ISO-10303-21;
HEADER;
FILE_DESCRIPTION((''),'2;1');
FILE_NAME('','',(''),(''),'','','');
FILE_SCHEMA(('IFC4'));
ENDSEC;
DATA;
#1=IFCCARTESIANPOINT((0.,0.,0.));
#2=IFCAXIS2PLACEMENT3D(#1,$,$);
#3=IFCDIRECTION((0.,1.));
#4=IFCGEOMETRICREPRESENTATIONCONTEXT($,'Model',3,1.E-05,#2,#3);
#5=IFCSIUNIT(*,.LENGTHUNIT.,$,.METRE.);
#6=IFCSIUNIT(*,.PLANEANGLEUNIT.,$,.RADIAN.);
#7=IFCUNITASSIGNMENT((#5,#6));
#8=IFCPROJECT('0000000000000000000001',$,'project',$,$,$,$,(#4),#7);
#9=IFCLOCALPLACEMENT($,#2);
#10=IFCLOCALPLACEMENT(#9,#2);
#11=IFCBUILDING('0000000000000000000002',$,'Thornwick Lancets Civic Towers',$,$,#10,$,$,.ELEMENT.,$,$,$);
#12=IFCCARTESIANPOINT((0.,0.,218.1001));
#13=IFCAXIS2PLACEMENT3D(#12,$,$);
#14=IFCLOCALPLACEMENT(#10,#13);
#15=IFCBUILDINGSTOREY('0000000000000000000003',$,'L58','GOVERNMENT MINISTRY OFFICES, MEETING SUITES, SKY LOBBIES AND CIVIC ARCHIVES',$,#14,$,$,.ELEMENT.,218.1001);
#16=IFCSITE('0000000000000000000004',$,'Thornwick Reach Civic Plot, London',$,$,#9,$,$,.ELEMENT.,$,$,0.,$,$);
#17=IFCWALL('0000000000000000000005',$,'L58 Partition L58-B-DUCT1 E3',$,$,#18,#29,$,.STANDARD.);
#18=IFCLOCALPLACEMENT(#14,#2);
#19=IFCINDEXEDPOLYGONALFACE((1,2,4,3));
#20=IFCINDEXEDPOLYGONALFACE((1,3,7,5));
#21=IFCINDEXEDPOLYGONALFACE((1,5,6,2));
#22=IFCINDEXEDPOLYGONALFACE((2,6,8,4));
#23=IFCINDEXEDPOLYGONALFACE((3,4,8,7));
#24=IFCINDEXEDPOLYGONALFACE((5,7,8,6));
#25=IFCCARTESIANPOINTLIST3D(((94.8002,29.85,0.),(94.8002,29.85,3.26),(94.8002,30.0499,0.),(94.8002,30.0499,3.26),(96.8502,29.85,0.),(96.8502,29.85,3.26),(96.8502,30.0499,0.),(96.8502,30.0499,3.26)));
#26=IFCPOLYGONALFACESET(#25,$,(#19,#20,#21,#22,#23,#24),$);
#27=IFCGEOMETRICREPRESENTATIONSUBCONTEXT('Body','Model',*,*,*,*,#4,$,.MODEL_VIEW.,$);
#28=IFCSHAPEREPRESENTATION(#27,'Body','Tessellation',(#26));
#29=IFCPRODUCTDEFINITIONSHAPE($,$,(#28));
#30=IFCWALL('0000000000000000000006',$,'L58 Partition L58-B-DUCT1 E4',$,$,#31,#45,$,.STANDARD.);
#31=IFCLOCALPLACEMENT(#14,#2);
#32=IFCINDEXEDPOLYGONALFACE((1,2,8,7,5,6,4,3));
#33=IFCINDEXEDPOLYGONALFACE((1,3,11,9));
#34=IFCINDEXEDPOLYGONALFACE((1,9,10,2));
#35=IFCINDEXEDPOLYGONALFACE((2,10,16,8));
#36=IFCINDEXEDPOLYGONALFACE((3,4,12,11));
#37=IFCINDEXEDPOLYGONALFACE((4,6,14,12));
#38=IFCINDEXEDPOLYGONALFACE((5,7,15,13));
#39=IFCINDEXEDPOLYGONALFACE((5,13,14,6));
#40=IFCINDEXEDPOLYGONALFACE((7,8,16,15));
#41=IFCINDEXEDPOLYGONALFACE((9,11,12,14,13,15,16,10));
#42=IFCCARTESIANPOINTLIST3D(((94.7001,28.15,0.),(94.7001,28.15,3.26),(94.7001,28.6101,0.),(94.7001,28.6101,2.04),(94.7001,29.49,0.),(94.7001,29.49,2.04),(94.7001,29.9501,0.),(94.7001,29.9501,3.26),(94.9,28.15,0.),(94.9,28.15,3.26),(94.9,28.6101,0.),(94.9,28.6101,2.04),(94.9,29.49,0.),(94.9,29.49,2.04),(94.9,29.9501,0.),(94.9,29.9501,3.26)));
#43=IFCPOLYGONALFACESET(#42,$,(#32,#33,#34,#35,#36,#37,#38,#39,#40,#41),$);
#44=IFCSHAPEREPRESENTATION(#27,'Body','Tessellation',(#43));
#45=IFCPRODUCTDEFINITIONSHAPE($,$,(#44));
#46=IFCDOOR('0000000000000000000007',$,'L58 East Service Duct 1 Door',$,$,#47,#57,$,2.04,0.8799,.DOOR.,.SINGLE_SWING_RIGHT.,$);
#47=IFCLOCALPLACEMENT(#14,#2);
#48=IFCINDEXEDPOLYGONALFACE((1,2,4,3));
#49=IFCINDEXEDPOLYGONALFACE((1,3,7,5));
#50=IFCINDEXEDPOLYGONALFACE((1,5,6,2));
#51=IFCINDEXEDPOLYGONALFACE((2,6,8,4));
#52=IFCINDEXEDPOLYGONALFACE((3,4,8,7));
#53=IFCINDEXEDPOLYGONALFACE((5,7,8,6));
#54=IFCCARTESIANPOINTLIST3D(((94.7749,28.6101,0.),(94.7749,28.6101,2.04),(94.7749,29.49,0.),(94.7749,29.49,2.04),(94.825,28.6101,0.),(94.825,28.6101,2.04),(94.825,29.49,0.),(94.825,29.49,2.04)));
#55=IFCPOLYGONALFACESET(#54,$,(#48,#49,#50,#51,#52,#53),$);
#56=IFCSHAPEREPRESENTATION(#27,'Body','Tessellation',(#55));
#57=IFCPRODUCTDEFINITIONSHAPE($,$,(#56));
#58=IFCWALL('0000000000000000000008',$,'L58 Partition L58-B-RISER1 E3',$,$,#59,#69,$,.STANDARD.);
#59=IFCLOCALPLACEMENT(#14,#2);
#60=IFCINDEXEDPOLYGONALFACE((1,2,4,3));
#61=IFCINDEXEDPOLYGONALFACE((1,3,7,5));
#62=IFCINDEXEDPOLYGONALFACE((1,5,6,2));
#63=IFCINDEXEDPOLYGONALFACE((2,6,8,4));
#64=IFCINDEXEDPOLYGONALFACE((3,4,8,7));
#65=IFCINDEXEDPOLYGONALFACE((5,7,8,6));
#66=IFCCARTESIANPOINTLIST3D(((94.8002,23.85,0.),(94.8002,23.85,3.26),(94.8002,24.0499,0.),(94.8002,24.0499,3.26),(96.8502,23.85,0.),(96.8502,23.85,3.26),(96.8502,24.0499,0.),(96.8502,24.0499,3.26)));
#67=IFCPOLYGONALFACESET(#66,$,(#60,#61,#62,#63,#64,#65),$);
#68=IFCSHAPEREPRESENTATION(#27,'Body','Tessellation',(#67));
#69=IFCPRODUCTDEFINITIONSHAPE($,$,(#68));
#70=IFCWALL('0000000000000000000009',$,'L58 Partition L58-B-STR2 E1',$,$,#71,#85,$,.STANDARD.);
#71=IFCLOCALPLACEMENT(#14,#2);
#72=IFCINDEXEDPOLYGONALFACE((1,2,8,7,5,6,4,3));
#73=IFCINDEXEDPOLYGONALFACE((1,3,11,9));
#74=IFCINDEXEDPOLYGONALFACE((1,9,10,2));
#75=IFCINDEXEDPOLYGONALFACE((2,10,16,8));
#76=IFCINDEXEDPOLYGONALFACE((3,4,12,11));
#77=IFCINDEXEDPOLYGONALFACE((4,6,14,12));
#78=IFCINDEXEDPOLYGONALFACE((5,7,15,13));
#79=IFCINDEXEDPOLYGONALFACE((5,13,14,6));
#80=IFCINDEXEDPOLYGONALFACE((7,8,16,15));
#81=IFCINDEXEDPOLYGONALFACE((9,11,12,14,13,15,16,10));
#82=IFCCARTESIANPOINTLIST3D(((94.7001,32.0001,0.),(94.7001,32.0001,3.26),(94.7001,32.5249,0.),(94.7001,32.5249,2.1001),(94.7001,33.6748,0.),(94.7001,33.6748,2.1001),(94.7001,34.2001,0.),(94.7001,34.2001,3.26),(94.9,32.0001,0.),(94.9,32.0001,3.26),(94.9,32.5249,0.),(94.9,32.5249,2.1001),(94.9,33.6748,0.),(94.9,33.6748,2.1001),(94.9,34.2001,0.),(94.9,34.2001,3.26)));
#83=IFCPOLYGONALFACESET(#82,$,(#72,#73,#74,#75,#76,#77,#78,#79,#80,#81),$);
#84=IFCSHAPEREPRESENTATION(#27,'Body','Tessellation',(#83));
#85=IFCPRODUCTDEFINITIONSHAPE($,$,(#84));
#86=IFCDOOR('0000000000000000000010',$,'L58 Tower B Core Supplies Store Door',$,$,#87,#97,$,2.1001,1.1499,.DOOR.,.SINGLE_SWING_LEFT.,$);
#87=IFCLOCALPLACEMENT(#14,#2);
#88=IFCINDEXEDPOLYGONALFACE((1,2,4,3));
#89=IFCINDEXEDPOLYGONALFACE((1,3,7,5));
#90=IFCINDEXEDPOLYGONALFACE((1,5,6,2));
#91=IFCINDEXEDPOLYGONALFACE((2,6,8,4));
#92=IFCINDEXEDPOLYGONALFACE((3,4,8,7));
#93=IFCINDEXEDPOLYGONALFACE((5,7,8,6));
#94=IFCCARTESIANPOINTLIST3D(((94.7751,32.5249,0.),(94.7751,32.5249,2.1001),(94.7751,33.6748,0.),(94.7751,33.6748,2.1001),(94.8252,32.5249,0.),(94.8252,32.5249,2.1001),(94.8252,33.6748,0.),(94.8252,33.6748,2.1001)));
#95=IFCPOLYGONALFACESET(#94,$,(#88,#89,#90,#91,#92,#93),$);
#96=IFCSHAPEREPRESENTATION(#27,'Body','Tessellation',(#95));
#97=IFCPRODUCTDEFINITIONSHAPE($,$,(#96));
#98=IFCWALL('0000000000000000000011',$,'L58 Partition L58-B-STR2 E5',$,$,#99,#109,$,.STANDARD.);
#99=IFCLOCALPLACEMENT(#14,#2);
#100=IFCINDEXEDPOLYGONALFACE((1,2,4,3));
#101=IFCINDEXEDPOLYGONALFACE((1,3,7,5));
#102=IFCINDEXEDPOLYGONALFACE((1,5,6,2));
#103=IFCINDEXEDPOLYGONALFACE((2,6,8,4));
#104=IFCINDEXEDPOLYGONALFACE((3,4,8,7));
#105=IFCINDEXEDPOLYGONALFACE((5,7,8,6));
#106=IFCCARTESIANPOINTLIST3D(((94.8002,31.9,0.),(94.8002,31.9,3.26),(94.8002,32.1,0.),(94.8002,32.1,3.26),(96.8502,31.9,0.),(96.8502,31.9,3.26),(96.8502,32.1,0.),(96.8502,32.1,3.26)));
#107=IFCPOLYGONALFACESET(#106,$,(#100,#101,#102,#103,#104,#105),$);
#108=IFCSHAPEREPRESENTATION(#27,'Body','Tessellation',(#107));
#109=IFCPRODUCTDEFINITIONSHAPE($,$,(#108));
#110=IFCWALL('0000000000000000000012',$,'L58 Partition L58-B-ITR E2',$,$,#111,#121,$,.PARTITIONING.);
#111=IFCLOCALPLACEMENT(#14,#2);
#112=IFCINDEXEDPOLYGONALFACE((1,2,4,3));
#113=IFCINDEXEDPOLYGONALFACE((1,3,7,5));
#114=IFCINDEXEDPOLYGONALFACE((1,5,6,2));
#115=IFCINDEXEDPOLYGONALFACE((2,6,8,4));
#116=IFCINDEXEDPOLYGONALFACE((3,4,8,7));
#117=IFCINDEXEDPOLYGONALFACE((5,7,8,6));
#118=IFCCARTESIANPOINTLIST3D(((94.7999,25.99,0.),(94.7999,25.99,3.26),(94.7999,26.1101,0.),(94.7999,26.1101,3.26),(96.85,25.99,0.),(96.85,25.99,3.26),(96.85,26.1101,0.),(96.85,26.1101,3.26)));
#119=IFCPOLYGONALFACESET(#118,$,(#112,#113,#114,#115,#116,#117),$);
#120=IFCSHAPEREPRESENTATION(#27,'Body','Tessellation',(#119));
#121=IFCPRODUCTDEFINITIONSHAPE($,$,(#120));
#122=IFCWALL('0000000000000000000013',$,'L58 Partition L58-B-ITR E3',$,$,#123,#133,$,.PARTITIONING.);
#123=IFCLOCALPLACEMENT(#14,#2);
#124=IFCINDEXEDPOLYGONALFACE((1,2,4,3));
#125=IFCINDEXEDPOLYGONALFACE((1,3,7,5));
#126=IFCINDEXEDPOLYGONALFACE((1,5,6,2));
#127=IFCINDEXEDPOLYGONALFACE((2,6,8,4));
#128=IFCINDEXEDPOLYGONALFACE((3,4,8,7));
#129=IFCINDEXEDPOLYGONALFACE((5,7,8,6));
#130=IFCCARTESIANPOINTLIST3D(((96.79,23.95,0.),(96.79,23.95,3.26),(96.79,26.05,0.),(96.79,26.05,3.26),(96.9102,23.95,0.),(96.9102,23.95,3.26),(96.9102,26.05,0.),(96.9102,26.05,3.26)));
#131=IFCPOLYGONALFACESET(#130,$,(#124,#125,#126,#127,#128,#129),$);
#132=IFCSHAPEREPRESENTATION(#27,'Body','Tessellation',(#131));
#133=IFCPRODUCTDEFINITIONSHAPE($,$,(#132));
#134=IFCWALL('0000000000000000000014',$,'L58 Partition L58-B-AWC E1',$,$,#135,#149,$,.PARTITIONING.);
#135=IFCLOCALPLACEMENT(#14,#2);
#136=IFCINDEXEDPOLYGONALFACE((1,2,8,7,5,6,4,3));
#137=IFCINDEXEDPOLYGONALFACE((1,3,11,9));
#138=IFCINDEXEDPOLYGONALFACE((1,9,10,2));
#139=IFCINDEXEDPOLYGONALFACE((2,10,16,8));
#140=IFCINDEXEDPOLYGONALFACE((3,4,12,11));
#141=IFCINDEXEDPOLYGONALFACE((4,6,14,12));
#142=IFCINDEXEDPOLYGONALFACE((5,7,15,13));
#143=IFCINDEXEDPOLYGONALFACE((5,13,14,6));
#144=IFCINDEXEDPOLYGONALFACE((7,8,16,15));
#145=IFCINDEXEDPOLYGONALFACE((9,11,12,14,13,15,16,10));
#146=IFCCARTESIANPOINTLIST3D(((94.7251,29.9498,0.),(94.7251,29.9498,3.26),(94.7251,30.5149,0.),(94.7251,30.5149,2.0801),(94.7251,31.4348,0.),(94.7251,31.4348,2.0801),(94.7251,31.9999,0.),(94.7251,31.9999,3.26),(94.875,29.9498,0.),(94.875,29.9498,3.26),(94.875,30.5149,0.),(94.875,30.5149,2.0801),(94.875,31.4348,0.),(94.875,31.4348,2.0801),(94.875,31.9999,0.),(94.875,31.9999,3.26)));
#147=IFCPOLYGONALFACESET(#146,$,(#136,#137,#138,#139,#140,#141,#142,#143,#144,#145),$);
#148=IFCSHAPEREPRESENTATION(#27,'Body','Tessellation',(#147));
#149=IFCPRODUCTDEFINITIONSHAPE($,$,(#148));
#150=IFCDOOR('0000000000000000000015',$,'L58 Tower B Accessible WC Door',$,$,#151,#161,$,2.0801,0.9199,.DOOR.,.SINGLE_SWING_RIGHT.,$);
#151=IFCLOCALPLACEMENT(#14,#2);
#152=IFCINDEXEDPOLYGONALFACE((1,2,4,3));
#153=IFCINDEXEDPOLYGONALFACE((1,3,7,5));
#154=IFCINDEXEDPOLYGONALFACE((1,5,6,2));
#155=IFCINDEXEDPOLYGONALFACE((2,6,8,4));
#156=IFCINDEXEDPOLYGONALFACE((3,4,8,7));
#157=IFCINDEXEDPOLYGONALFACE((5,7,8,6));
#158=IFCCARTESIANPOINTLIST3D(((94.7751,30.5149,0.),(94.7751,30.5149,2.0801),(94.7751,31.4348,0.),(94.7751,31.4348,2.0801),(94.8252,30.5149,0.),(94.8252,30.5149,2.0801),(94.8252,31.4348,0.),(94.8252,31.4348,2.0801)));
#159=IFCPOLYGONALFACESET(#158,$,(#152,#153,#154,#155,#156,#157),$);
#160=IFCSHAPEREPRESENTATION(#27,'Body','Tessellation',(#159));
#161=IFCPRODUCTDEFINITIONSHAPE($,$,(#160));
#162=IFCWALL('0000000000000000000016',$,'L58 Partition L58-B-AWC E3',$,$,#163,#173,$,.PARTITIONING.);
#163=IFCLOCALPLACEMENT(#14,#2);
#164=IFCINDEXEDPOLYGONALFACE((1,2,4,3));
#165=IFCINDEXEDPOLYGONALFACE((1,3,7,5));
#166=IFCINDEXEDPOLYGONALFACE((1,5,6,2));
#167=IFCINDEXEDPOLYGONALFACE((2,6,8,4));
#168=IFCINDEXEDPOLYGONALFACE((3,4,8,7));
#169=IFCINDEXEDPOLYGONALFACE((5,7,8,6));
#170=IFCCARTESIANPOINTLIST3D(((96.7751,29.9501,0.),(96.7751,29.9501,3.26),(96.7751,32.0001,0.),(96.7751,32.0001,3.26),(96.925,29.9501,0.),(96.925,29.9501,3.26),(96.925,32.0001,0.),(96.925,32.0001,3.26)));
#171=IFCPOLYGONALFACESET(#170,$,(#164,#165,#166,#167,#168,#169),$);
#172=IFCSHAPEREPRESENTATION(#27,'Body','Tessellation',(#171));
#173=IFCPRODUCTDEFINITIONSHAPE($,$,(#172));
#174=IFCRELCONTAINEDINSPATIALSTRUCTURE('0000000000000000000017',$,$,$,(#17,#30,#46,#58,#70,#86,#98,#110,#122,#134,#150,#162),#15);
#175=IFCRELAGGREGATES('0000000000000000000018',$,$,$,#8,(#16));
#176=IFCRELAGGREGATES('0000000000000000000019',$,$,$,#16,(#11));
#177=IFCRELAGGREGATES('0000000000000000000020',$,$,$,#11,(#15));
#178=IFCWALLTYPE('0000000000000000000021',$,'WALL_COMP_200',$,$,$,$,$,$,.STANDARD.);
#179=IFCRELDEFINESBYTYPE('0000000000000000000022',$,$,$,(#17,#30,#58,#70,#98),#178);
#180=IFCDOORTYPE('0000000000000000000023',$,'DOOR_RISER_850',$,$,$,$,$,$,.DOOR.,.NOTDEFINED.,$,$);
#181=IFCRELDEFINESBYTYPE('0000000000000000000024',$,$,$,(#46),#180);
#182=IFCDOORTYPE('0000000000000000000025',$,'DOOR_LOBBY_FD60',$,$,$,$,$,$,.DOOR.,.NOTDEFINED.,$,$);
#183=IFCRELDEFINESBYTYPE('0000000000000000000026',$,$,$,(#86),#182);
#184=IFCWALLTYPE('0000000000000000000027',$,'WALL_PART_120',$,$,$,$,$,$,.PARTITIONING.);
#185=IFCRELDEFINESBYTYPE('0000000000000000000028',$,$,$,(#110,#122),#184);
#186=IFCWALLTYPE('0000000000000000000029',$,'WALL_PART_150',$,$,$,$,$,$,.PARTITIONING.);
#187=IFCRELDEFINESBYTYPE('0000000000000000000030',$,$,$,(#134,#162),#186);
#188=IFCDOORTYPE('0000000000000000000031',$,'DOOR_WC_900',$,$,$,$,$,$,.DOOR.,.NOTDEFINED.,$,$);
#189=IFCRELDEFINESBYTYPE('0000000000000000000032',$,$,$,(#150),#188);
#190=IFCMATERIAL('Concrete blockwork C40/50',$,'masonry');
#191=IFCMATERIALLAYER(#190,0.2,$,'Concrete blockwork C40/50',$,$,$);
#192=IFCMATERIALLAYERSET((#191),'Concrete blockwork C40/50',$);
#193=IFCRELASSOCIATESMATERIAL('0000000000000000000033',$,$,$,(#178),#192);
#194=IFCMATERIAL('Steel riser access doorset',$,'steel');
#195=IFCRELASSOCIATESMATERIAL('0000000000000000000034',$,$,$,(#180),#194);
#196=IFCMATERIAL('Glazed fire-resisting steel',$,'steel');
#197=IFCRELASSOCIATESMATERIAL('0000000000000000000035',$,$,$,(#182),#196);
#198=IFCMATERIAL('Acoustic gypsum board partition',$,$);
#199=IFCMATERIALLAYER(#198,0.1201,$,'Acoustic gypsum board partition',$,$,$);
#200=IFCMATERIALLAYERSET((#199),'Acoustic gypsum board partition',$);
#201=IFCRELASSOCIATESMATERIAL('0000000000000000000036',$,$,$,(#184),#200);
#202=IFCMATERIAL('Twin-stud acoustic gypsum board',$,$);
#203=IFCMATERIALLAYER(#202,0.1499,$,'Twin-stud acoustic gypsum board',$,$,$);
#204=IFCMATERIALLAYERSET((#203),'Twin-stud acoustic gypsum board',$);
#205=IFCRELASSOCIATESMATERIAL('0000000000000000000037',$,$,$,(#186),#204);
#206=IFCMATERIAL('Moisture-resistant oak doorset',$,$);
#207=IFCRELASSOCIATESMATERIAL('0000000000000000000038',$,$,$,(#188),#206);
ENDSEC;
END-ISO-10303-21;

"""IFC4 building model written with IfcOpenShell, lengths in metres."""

from ifc_helpers import new_model, si_unit, direction, frame, frame_2d, origin, place, context, subcontext, project, spatial, rectangle, extrude, material, layer, layer_set, type_object, element, fill, save


model = new_model("IFC4")

# Units and contexts
model_context = context("Model", 3, precision=1e-05, world=origin(), true_north=direction((0.0, 1.0)))
body_context = subcontext(model_context, "Body", "Model", "MODEL_VIEW")
ifc_project = project(units=[si_unit("LENGTHUNIT", "METRE"), si_unit("PLANEANGLEUNIT", "RADIAN")], contexts=[model_context])

# Site, building, storey
site_placement = place(None, origin())
site = spatial("IfcSite", under=ifc_project, at=site_placement, Name="Thornwick Reach Civic Plot, London", CompositionType="ELEMENT", RefElevation=0.0)
building_placement = place(site_placement, origin())
building = spatial("IfcBuilding", under=site, at=building_placement, Name="Thornwick Lancets Civic Towers", CompositionType="ELEMENT")
storey_placement = place(building_placement, frame((0.0, 0.0, 218.1001)))
storey = spatial("IfcBuildingStorey", under=building, at=storey_placement, Name="L58", Description="GOVERNMENT MINISTRY OFFICES, MEETING SUITES, SKY LOBBIES AND CIVIC ARCHIVES", CompositionType="ELEMENT", Elevation=218.1001)

# Shared definitions
ifc_material_1 = material(Name="Concrete blockwork C40/50", Category="masonry")
ifc_layer_1 = layer(ifc_material_1, 0.2, Name="Concrete blockwork C40/50")
ifc_layer_set_1 = layer_set([ifc_layer_1], Name="Concrete blockwork C40/50")
wall_type_1 = type_object("IfcWallType", Name="WALL_COMP_200", PredefinedType="STANDARD", material=ifc_layer_set_1)

# Wall
wall_1_placement = place(storey_placement, frame((96.8501, 29.95, 0.0), z_axis=(0.0, 0.0, 1.0), x_axis=(-1.0, 0.0, 0.0)))
element("IfcWall", 1, at=wall_1_placement, inside=storey, type_object=wall_type_1, Name="L58 Partition L58-B-DUCT1 E3", PredefinedType="STANDARD", context=body_context, shape_type="SweptSolid", body=[
    extrude(rectangle(XDim=2.05, YDim=0.2, at=frame_2d((1.0249, 0.0))), origin(), (0.0, 0.0, 1.0), 3.26),
])

# Wall, opening, door
wall_2_placement = place(storey_placement, frame((94.8, 29.95, 0.0), z_axis=(0.0, 0.0, 1.0), x_axis=(0.0, -1.0, 0.0)))
wall_2 = element("IfcWall", 2, at=wall_2_placement, inside=storey, type_object=wall_type_1, Name="L58 Partition L58-B-DUCT1 E4", PredefinedType="STANDARD", context=body_context, shape_type="SweptSolid", body=[
    extrude(rectangle(XDim=1.8, YDim=0.2, at=frame_2d((0.8999, 0.0))), origin(), (0.0, 0.0, 1.0), 3.26),
])
opening_1_placement = place(wall_2_placement, frame((0.46, 0.0, 0.0)))
opening_1 = element("IfcOpeningElement", 3, at=opening_1_placement, cuts=wall_2, PredefinedType="OPENING", context=body_context, shape_type="SweptSolid", body=[
    extrude(rectangle(XDim=0.8799, YDim=2.04, at=frame_2d((0.4399, 1.02))), frame((0.0, 0.1099, 0.0), z_axis=(0.0, -1.0, 0.0), x_axis=(1.0, 0.0, 0.0)), (0.0, 0.0, 1.0), 0.22),
])
ifc_material_2 = material(Name="Steel riser access doorset", Category="steel")
door_type_1 = type_object("IfcDoorType", Name="DOOR_RISER_850", OperationType="NOTDEFINED", PredefinedType="DOOR", material=ifc_material_2)
door_1_placement = place(opening_1_placement, origin())
door_1 = element("IfcDoor", 4, at=door_1_placement, inside=storey, type_object=door_type_1, Name="L58 East Service Duct 1 Door", OperationType="SINGLE_SWING_RIGHT", OverallHeight=2.04, OverallWidth=0.8799, PredefinedType="DOOR", context=body_context, shape_type="SweptSolid", body=[
    extrude(rectangle(XDim=0.8799, YDim=2.04, at=frame_2d((0.4399, 1.02))), frame((0.0, 0.0249, 0.0), z_axis=(0.0, -1.0, 0.0), x_axis=(1.0, 0.0, 0.0)), (0.0, 0.0, 1.0), 0.05),
])
fill(opening_1, door_1)

# Wall
wall_3_placement = place(storey_placement, frame((96.8501, 23.95, 0.0), z_axis=(0.0, 0.0, 1.0), x_axis=(-1.0, 0.0, 0.0)))
element("IfcWall", 5, at=wall_3_placement, inside=storey, type_object=wall_type_1, Name="L58 Partition L58-B-RISER1 E3", PredefinedType="STANDARD", context=body_context, shape_type="SweptSolid", body=[
    extrude(rectangle(XDim=2.05, YDim=0.2, at=frame_2d((1.0249, 0.0))), origin(), (0.0, 0.0, 1.0), 3.26),
])

# Wall, opening, door
wall_4_placement = place(storey_placement, frame((94.8, 32.0, 0.0), z_axis=(0.0, 0.0, 1.0), x_axis=(0.0, 1.0, 0.0)))
wall_4 = element("IfcWall", 6, at=wall_4_placement, inside=storey, type_object=wall_type_1, Name="L58 Partition L58-B-STR2 E1", PredefinedType="STANDARD", context=body_context, shape_type="SweptSolid", body=[
    extrude(rectangle(XDim=2.2, YDim=0.2, at=frame_2d((1.1001, 0.0))), origin(), (0.0, 0.0, 1.0), 3.26),
])
opening_2_placement = place(wall_4_placement, frame((0.5249, 0.0, 0.0)))
opening_2 = element("IfcOpeningElement", 7, at=opening_2_placement, cuts=wall_4, PredefinedType="OPENING", context=body_context, shape_type="SweptSolid", body=[
    extrude(rectangle(XDim=1.1499, YDim=2.1001, at=frame_2d((0.575, 1.05))), frame((0.0, 0.1099, 0.0), z_axis=(0.0, -1.0, 0.0), x_axis=(1.0, 0.0, 0.0)), (0.0, 0.0, 1.0), 0.22),
])
ifc_material_3 = material(Name="Glazed fire-resisting steel", Category="steel")
door_type_2 = type_object("IfcDoorType", Name="DOOR_LOBBY_FD60", OperationType="NOTDEFINED", PredefinedType="DOOR", material=ifc_material_3)
door_2_placement = place(opening_2_placement, origin())
door_2 = element("IfcDoor", 8, at=door_2_placement, inside=storey, type_object=door_type_2, Name="L58 Tower B Core Supplies Store Door", OperationType="SINGLE_SWING_LEFT", OverallHeight=2.1001, OverallWidth=1.1499, PredefinedType="DOOR", context=body_context, shape_type="SweptSolid", body=[
    extrude(rectangle(XDim=1.1499, YDim=2.1001, at=frame_2d((0.575, 1.05))), frame((0.0, 0.0249, 0.0), z_axis=(0.0, -1.0, 0.0), x_axis=(1.0, 0.0, 0.0)), (0.0, 0.0, 1.0), 0.05),
])
fill(opening_2, door_2)

# Walls
wall_5_placement = place(storey_placement, frame((96.8501, 32.0, 0.0), z_axis=(0.0, 0.0, 1.0), x_axis=(-1.0, 0.0, 0.0)))
element("IfcWall", 9, at=wall_5_placement, inside=storey, type_object=wall_type_1, Name="L58 Partition L58-B-STR2 E5", PredefinedType="STANDARD", context=body_context, shape_type="SweptSolid", body=[
    extrude(rectangle(XDim=2.05, YDim=0.2, at=frame_2d((1.0249, 0.0))), origin(), (0.0, 0.0, 1.0), 3.26),
])
ifc_material_4 = material(Name="Acoustic gypsum board partition")
ifc_layer_2 = layer(ifc_material_4, 0.1201, Name="Acoustic gypsum board partition")
ifc_layer_set_2 = layer_set([ifc_layer_2], Name="Acoustic gypsum board partition")
wall_type_2 = type_object("IfcWallType", Name="WALL_PART_120", PredefinedType="PARTITIONING", material=ifc_layer_set_2)
wall_6_placement = place(storey_placement, frame((94.8, 26.05, 0.0), z_axis=(0.0, 0.0, 1.0), x_axis=(1.0, 0.0, 0.0)))
element("IfcWall", 10, at=wall_6_placement, inside=storey, type_object=wall_type_2, Name="L58 Partition L58-B-ITR E2", PredefinedType="PARTITIONING", context=body_context, shape_type="SweptSolid", body=[
    extrude(rectangle(XDim=2.05, YDim=0.1201, at=frame_2d((1.0249, 0.0))), origin(), (0.0, 0.0, 1.0), 3.26),
])
wall_7_placement = place(storey_placement, frame((96.8501, 26.05, 0.0), z_axis=(0.0, 0.0, 1.0), x_axis=(0.0, -1.0, 0.0)))
element("IfcWall", 11, at=wall_7_placement, inside=storey, type_object=wall_type_2, Name="L58 Partition L58-B-ITR E3", PredefinedType="PARTITIONING", context=body_context, shape_type="SweptSolid", body=[
    extrude(rectangle(XDim=2.1001, YDim=0.1201, at=frame_2d((1.05, 0.0))), origin(), (0.0, 0.0, 1.0), 3.26),
])

# Wall, opening, door
ifc_material_5 = material(Name="Twin-stud acoustic gypsum board")
ifc_layer_3 = layer(ifc_material_5, 0.1499, Name="Twin-stud acoustic gypsum board")
ifc_layer_set_3 = layer_set([ifc_layer_3], Name="Twin-stud acoustic gypsum board")
wall_type_3 = type_object("IfcWallType", Name="WALL_PART_150", PredefinedType="PARTITIONING", material=ifc_layer_set_3)
wall_8_placement = place(storey_placement, frame((94.8, 29.95, 0.0), z_axis=(0.0, 0.0, 1.0), x_axis=(0.0, 1.0, 0.0)))
wall_8 = element("IfcWall", 12, at=wall_8_placement, inside=storey, type_object=wall_type_3, Name="L58 Partition L58-B-AWC E1", PredefinedType="PARTITIONING", context=body_context, shape_type="SweptSolid", body=[
    extrude(rectangle(XDim=2.05, YDim=0.1499, at=frame_2d((1.0249, 0.0))), origin(), (0.0, 0.0, 1.0), 3.26),
])
opening_3_placement = place(wall_8_placement, frame((0.5649, 0.0, 0.0)))
opening_3 = element("IfcOpeningElement", 13, at=opening_3_placement, cuts=wall_8, PredefinedType="OPENING", context=body_context, shape_type="SweptSolid", body=[
    extrude(rectangle(XDim=0.9199, YDim=2.0801, at=frame_2d((0.46, 1.04))), frame((0.0, 0.085, 0.0), z_axis=(0.0, -1.0, 0.0), x_axis=(1.0, 0.0, 0.0)), (0.0, 0.0, 1.0), 0.1699),
])
ifc_material_6 = material(Name="Moisture-resistant oak doorset")
door_type_3 = type_object("IfcDoorType", Name="DOOR_WC_900", OperationType="NOTDEFINED", PredefinedType="DOOR", material=ifc_material_6)
door_3_placement = place(opening_3_placement, origin())
door_3 = element("IfcDoor", 14, at=door_3_placement, inside=storey, type_object=door_type_3, Name="L58 Tower B Accessible WC Door", OperationType="SINGLE_SWING_RIGHT", OverallHeight=2.0801, OverallWidth=0.9199, PredefinedType="DOOR", context=body_context, shape_type="SweptSolid", body=[
    extrude(rectangle(XDim=0.9199, YDim=2.0801, at=frame_2d((0.46, 1.04))), frame((0.0, 0.0249, 0.0), z_axis=(0.0, -1.0, 0.0), x_axis=(1.0, 0.0, 0.0)), (0.0, 0.0, 1.0), 0.05),
])
fill(opening_3, door_3)

# Wall
wall_9_placement = place(storey_placement, frame((96.8501, 32.0, 0.0), z_axis=(0.0, 0.0, 1.0), x_axis=(0.0, -1.0, 0.0)))
element("IfcWall", 15, at=wall_9_placement, inside=storey, type_object=wall_type_3, Name="L58 Partition L58-B-AWC E3", PredefinedType="PARTITIONING", context=body_context, shape_type="SweptSolid", body=[
    extrude(rectangle(XDim=2.05, YDim=0.1499, at=frame_2d((1.0249, 0.0))), origin(), (0.0, 0.0, 1.0), 3.26),
])

save(model, "model.ifc")
